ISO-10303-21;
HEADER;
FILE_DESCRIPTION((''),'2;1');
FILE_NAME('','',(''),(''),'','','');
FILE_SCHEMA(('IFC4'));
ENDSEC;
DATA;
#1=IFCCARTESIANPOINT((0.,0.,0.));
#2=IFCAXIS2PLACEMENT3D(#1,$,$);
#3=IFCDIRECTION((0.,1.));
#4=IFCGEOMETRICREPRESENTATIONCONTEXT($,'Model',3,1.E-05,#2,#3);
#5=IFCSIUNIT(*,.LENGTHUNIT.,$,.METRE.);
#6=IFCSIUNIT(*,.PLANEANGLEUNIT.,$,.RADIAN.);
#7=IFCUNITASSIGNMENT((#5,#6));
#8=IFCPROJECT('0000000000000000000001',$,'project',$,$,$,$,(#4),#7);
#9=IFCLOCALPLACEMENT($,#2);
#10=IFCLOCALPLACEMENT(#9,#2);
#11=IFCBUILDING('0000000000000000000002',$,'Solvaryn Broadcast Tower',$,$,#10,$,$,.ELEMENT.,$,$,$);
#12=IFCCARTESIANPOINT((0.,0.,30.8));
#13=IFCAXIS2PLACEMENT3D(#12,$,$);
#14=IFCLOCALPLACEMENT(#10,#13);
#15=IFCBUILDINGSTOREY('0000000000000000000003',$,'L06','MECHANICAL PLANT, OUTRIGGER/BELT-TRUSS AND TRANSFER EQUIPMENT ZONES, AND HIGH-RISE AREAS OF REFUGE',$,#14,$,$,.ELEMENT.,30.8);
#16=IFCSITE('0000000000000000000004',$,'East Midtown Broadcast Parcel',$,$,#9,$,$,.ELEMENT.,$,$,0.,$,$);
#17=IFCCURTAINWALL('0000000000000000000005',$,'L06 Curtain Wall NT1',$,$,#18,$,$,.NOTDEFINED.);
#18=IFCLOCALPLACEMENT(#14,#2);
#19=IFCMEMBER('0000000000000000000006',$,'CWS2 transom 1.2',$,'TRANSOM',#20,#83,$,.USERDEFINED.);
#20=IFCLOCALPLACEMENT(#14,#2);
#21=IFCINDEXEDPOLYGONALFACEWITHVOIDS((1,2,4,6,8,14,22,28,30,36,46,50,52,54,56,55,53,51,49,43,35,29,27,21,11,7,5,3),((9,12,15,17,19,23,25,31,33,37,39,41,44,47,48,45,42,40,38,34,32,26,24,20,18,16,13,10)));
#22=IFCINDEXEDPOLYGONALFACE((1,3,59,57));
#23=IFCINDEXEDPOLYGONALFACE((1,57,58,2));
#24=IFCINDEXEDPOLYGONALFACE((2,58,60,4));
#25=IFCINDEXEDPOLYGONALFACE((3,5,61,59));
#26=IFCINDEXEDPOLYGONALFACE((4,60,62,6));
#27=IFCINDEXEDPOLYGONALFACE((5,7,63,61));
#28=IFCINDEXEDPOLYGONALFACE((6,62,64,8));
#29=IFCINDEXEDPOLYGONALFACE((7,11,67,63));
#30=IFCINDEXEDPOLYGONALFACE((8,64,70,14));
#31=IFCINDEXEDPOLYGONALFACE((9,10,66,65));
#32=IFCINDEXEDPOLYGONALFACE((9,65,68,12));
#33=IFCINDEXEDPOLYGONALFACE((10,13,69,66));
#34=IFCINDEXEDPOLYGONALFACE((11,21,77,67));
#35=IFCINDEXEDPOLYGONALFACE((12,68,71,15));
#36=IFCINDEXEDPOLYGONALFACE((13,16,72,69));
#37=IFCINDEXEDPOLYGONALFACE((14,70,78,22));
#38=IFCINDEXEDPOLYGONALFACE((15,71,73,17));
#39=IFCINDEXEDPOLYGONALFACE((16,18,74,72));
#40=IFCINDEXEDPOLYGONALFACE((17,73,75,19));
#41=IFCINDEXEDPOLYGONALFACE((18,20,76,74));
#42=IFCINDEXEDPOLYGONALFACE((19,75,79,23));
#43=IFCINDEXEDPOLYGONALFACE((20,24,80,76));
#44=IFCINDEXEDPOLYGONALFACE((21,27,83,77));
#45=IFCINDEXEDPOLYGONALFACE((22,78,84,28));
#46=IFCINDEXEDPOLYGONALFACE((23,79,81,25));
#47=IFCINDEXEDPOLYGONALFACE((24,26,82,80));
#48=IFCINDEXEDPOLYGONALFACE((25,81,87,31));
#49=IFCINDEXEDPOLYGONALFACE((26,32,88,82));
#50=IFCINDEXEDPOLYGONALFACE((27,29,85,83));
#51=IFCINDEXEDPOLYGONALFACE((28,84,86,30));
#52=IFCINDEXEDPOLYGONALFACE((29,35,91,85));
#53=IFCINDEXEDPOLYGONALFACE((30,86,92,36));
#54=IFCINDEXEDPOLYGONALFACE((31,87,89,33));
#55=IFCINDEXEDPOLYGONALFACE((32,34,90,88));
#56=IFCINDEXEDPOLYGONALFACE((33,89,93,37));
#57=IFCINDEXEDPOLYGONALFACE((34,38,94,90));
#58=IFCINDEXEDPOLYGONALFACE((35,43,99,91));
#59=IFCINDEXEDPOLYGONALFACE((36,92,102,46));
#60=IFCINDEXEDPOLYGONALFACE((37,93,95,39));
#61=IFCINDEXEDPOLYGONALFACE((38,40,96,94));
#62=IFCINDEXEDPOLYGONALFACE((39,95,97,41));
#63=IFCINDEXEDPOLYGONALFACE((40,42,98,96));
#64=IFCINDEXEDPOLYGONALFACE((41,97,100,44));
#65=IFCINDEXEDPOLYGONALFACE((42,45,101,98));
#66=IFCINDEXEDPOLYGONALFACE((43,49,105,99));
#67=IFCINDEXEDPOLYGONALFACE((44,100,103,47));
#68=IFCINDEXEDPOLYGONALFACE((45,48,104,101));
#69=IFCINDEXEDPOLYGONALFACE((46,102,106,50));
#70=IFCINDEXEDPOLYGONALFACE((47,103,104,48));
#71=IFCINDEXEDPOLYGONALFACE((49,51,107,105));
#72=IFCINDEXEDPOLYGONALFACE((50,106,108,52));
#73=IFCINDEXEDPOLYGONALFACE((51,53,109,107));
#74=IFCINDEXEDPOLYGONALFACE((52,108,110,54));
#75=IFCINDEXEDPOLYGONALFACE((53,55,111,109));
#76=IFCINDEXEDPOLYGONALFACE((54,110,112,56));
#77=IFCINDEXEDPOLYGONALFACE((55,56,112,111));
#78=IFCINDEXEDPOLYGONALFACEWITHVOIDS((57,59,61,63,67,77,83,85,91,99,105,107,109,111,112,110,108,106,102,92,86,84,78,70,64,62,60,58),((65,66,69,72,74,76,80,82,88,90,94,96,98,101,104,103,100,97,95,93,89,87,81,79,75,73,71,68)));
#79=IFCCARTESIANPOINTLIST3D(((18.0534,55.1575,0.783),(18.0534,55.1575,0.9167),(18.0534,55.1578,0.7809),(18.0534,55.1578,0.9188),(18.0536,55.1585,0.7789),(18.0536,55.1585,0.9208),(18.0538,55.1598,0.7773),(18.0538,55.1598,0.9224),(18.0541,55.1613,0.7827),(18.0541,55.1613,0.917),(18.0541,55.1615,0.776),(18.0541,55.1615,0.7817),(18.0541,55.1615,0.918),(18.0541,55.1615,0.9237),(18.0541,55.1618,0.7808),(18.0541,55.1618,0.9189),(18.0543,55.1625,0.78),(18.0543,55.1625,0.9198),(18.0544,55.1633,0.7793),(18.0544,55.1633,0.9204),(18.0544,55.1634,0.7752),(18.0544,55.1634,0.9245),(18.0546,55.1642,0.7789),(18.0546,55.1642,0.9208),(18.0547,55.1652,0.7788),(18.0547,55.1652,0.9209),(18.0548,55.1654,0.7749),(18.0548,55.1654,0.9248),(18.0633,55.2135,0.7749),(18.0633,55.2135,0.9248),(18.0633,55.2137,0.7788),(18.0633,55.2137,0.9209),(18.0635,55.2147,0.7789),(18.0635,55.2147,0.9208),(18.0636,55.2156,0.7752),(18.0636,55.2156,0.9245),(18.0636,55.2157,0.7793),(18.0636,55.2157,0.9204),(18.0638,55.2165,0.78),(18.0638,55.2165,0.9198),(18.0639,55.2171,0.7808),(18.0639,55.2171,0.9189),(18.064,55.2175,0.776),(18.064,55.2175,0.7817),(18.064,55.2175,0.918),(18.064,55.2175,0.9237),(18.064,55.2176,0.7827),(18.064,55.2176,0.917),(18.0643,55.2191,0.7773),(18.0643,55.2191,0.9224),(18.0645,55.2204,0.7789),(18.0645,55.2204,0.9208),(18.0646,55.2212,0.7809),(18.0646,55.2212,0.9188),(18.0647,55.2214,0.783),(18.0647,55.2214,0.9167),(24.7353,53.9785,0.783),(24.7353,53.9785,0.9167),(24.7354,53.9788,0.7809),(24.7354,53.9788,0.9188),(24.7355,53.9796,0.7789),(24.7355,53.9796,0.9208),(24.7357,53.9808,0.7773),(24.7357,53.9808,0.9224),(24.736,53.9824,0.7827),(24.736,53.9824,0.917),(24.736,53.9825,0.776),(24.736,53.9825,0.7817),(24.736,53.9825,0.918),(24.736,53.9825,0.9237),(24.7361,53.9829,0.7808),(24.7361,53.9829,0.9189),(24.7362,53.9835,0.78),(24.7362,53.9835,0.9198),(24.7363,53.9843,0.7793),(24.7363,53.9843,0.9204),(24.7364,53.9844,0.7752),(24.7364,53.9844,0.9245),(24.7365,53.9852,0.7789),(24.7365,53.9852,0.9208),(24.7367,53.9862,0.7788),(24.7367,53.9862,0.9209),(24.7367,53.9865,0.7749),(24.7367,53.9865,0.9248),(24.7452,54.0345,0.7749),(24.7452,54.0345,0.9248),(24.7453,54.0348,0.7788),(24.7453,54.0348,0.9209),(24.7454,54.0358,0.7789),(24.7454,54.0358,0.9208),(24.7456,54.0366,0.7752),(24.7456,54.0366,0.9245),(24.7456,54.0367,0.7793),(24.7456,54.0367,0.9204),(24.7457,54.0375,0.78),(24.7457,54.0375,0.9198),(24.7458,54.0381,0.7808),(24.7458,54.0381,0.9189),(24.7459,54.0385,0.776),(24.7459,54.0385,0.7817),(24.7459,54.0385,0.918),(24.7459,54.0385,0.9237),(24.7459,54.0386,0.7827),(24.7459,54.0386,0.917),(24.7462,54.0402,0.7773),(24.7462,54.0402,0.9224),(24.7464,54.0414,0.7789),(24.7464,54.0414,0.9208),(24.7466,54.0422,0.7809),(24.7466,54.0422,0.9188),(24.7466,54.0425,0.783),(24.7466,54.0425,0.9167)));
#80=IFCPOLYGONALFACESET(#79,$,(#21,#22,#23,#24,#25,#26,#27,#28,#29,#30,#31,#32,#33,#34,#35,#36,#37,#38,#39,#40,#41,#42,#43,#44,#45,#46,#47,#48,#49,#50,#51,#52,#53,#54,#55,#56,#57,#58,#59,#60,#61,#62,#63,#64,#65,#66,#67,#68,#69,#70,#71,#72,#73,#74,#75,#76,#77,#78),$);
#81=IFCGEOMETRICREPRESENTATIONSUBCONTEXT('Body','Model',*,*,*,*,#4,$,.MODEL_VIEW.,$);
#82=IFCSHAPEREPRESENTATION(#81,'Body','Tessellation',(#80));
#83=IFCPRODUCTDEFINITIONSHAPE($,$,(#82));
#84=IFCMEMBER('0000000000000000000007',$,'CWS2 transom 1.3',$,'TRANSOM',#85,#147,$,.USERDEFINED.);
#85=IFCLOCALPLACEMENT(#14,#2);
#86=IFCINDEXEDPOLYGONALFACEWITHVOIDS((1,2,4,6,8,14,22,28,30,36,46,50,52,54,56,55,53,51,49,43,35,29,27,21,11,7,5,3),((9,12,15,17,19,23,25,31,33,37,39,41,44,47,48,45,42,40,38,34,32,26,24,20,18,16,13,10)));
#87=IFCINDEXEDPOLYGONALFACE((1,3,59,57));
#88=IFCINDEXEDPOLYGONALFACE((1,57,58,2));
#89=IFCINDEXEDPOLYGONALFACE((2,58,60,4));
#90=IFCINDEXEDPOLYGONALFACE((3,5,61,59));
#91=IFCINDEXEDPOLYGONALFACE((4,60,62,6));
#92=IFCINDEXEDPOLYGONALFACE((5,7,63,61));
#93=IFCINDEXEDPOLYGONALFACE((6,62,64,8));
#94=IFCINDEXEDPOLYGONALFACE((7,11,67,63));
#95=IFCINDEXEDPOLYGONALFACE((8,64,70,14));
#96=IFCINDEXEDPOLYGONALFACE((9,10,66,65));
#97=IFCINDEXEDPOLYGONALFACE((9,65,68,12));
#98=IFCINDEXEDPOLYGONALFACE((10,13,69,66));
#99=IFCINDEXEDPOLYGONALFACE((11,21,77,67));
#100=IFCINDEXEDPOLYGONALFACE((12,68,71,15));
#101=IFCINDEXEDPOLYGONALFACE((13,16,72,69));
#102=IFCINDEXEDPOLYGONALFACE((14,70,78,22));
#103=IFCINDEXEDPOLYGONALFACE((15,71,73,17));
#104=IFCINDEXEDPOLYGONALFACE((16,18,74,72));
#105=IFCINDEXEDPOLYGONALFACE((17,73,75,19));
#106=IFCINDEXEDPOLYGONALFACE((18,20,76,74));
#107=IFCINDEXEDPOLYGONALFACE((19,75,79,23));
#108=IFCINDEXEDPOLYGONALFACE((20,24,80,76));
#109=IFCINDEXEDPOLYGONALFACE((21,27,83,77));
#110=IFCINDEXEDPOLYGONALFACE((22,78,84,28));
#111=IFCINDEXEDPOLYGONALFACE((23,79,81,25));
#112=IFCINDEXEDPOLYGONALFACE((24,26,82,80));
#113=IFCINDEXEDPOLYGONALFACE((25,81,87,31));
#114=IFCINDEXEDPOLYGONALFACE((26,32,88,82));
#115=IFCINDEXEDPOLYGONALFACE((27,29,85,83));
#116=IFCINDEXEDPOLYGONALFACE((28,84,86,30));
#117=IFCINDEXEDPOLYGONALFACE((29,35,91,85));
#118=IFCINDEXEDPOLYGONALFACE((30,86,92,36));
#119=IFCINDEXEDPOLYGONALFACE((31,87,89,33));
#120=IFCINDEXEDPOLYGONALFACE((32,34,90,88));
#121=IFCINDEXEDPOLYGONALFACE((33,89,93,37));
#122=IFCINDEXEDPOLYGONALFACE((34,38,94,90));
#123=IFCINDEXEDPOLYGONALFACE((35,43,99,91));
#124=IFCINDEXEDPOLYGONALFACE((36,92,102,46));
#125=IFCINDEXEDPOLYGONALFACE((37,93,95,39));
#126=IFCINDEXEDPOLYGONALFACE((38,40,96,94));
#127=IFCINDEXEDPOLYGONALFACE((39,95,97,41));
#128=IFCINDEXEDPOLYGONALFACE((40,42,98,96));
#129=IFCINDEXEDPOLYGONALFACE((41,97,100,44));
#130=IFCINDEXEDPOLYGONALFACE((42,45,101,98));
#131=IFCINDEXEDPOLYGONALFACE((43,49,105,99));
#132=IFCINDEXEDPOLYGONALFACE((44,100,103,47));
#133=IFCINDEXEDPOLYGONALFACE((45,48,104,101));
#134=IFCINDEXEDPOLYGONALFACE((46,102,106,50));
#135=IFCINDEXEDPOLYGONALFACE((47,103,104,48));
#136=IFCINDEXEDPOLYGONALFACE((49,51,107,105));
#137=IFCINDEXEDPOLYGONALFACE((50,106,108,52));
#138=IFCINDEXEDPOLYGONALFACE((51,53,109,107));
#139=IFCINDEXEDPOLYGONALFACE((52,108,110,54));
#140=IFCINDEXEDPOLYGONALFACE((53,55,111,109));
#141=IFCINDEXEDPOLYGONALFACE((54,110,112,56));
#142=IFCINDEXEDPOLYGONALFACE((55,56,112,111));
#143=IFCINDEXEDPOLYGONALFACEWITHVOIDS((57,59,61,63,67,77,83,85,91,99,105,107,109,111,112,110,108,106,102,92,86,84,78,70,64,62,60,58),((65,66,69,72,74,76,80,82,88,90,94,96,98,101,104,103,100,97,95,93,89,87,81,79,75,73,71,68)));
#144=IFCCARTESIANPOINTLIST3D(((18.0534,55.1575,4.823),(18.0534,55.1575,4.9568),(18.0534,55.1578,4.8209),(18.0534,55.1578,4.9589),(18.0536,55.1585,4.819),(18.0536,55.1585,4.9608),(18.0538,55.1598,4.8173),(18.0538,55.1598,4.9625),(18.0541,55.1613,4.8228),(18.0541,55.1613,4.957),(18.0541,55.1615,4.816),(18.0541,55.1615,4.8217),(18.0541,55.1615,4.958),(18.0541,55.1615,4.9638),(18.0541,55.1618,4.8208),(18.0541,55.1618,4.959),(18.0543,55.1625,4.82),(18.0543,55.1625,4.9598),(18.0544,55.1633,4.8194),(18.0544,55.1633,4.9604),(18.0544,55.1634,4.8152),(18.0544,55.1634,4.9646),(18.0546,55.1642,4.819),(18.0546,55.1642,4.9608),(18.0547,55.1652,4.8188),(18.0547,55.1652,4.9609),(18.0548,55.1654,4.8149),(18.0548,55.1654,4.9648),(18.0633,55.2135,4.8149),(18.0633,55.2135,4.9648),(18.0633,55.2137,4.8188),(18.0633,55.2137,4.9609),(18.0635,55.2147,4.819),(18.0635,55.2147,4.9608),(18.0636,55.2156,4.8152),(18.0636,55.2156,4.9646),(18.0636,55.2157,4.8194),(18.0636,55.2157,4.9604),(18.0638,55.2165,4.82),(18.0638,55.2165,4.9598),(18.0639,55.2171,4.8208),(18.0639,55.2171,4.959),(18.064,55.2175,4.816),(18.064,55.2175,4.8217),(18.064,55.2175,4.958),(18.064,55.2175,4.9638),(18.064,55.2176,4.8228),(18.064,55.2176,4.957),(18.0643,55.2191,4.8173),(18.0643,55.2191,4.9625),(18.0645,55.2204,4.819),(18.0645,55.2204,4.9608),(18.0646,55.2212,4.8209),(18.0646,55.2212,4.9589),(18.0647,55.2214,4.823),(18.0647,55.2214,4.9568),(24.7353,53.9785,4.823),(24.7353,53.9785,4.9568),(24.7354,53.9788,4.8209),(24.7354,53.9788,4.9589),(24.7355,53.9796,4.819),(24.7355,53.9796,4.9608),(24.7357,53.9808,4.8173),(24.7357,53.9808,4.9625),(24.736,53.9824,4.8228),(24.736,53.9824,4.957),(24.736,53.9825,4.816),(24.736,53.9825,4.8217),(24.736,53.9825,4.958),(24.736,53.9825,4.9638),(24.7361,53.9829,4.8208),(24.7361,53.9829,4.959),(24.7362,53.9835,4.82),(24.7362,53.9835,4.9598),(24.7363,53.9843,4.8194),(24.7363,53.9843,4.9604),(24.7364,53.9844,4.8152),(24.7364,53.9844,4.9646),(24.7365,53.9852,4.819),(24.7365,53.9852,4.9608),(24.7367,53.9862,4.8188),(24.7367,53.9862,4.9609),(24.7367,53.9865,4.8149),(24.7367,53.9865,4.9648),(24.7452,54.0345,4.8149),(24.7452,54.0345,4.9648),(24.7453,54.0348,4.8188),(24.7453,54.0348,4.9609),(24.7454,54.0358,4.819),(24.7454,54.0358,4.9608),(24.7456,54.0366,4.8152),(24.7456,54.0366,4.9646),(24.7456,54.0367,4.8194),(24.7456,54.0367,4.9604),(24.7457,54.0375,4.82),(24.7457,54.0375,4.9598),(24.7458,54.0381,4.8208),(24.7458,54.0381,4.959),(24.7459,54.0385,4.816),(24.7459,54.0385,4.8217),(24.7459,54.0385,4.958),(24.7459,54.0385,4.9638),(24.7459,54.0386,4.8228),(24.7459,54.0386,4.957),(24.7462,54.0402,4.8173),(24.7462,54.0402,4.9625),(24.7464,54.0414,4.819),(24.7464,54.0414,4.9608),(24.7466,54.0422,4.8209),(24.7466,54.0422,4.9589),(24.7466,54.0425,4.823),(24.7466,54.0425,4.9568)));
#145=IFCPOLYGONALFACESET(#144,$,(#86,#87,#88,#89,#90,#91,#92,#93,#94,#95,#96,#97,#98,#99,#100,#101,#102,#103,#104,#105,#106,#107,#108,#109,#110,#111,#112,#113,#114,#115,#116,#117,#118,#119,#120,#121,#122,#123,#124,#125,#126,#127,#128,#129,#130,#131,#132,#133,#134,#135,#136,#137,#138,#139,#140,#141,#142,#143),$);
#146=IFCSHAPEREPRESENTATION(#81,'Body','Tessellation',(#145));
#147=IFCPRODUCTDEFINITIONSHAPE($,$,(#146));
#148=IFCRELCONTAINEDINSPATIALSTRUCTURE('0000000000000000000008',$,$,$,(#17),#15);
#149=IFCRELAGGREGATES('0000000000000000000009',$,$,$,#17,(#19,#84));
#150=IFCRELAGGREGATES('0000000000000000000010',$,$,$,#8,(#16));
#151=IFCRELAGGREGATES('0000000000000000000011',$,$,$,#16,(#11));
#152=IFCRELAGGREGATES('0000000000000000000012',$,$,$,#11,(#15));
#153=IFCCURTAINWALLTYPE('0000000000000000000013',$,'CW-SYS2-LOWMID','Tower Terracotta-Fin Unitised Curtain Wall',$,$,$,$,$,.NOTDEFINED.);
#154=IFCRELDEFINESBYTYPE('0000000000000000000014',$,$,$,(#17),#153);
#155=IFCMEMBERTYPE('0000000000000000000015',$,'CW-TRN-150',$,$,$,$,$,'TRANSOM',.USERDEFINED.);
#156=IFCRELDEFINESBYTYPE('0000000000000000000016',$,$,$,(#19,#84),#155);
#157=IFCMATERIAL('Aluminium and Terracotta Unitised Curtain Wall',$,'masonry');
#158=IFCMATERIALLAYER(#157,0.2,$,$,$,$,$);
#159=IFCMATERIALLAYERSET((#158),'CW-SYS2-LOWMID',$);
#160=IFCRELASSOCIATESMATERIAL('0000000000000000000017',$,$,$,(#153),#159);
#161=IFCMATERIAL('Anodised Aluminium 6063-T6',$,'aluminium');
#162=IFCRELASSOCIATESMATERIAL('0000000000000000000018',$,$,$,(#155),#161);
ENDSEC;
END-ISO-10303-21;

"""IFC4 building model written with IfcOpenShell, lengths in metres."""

from ifc_helpers import new_model, si_unit, direction, frame, origin, origin_2d, place, context, subcontext, project, spatial, hollow_rectangle, extrude, material, layer, layer_set, material_profile, profile_set, type_object, element, aggregate, save


model = new_model("IFC4")

# Units and contexts
model_context = context("Model", 3, precision=1e-05, world=origin(), true_north=direction((0.0, 1.0)))
body_context = subcontext(model_context, "Body", "Model", "MODEL_VIEW")
ifc_project = project(units=[si_unit("LENGTHUNIT", "METRE"), si_unit("PLANEANGLEUNIT", "RADIAN")], contexts=[model_context])

# Site, building, storey
site_placement = place(None, origin())
site = spatial("IfcSite", under=ifc_project, at=site_placement, Name="East Midtown Broadcast Parcel", CompositionType="ELEMENT", RefElevation=0.0)
building_placement = place(site_placement, origin())
building = spatial("IfcBuilding", under=site, at=building_placement, Name="Solvaryn Broadcast Tower", CompositionType="ELEMENT")
storey_placement = place(building_placement, frame((0.0, 0.0, 30.8)))
storey = spatial("IfcBuildingStorey", under=building, at=storey_placement, Name="L06", Description="MECHANICAL PLANT, OUTRIGGER/BELT-TRUSS AND TRANSFER EQUIPMENT ZONES, AND HIGH-RISE AREAS OF REFUGE", CompositionType="ELEMENT", Elevation=30.8)

# Curtain wall
ifc_material_1 = material(Name="Aluminium and Terracotta Unitised Curtain Wall", Category="masonry")
ifc_layer_1 = layer(ifc_material_1, 0.2)
ifc_layer_set_1 = layer_set([ifc_layer_1], Name="CW-SYS2-LOWMID")
curtain_wall_type = type_object("IfcCurtainWallType", Name="CW-SYS2-LOWMID", Description="Tower Terracotta-Fin Unitised Curtain Wall", PredefinedType="NOTDEFINED", material=ifc_layer_set_1)
curtain_wall_1_placement = place(storey_placement, origin())
curtain_wall_1 = element("IfcCurtainWall", 1, at=curtain_wall_1_placement, inside=storey, type_object=curtain_wall_type, Name="L06 Curtain Wall NT1", PredefinedType="NOTDEFINED")

# Members
ifc_material_2 = material(Name="Anodised Aluminium 6063-T6", Category="aluminium")
ifc_material_profile_1 = material_profile(ifc_material_2, hollow_rectangle(XDim=0.0649, YDim=0.1499, WallThickness=0.0039, InnerFilletRadius=0.0039, OuterFilletRadius=0.0081, at=origin_2d()))
ifc_profile_set_1 = profile_set([ifc_material_profile_1], Name="Anodised Aluminium 6063-T6")
member_type_1 = type_object("IfcMemberType", Name="CW-TRN-150", ElementType="TRANSOM", PredefinedType="USERDEFINED", material=ifc_profile_set_1)
member_1_placement = place(storey_placement, frame((24.741, 54.0105, 0.8499), z_axis=(-0.984789, 0.173757, 0.0), x_axis=(-0.173757, -0.984789, 0.0)))
member_1 = element("IfcMember", 2, at=member_1_placement, type_object=member_type_1, Name="CWS2 transom 1.2", ObjectType="TRANSOM", PredefinedType="USERDEFINED", context=body_context, shape_type="SweptSolid", body=[
    extrude(hollow_rectangle(XDim=0.0649, YDim=0.1499, WallThickness=0.0039, InnerFilletRadius=0.0039, OuterFilletRadius=0.0081, at=origin_2d()), origin(), (0.0, 0.0, 1.0), 6.7852),
])
member_2_placement = place(storey_placement, frame((24.741, 54.0105, 4.8899), z_axis=(-0.984789, 0.173757, 0.0), x_axis=(-0.173757, -0.984789, 0.0)))
member_2 = element("IfcMember", 3, at=member_2_placement, type_object=member_type_1, Name="CWS2 transom 1.3", ObjectType="TRANSOM", PredefinedType="USERDEFINED", context=body_context, shape_type="SweptSolid", body=[
    extrude(hollow_rectangle(XDim=0.0649, YDim=0.1499, WallThickness=0.0039, InnerFilletRadius=0.0039, OuterFilletRadius=0.0081, at=origin_2d()), origin(), (0.0, 0.0, 1.0), 6.7852),
])

aggregate(curtain_wall_1, [member_1, member_2])

save(model, "model.ifc")
